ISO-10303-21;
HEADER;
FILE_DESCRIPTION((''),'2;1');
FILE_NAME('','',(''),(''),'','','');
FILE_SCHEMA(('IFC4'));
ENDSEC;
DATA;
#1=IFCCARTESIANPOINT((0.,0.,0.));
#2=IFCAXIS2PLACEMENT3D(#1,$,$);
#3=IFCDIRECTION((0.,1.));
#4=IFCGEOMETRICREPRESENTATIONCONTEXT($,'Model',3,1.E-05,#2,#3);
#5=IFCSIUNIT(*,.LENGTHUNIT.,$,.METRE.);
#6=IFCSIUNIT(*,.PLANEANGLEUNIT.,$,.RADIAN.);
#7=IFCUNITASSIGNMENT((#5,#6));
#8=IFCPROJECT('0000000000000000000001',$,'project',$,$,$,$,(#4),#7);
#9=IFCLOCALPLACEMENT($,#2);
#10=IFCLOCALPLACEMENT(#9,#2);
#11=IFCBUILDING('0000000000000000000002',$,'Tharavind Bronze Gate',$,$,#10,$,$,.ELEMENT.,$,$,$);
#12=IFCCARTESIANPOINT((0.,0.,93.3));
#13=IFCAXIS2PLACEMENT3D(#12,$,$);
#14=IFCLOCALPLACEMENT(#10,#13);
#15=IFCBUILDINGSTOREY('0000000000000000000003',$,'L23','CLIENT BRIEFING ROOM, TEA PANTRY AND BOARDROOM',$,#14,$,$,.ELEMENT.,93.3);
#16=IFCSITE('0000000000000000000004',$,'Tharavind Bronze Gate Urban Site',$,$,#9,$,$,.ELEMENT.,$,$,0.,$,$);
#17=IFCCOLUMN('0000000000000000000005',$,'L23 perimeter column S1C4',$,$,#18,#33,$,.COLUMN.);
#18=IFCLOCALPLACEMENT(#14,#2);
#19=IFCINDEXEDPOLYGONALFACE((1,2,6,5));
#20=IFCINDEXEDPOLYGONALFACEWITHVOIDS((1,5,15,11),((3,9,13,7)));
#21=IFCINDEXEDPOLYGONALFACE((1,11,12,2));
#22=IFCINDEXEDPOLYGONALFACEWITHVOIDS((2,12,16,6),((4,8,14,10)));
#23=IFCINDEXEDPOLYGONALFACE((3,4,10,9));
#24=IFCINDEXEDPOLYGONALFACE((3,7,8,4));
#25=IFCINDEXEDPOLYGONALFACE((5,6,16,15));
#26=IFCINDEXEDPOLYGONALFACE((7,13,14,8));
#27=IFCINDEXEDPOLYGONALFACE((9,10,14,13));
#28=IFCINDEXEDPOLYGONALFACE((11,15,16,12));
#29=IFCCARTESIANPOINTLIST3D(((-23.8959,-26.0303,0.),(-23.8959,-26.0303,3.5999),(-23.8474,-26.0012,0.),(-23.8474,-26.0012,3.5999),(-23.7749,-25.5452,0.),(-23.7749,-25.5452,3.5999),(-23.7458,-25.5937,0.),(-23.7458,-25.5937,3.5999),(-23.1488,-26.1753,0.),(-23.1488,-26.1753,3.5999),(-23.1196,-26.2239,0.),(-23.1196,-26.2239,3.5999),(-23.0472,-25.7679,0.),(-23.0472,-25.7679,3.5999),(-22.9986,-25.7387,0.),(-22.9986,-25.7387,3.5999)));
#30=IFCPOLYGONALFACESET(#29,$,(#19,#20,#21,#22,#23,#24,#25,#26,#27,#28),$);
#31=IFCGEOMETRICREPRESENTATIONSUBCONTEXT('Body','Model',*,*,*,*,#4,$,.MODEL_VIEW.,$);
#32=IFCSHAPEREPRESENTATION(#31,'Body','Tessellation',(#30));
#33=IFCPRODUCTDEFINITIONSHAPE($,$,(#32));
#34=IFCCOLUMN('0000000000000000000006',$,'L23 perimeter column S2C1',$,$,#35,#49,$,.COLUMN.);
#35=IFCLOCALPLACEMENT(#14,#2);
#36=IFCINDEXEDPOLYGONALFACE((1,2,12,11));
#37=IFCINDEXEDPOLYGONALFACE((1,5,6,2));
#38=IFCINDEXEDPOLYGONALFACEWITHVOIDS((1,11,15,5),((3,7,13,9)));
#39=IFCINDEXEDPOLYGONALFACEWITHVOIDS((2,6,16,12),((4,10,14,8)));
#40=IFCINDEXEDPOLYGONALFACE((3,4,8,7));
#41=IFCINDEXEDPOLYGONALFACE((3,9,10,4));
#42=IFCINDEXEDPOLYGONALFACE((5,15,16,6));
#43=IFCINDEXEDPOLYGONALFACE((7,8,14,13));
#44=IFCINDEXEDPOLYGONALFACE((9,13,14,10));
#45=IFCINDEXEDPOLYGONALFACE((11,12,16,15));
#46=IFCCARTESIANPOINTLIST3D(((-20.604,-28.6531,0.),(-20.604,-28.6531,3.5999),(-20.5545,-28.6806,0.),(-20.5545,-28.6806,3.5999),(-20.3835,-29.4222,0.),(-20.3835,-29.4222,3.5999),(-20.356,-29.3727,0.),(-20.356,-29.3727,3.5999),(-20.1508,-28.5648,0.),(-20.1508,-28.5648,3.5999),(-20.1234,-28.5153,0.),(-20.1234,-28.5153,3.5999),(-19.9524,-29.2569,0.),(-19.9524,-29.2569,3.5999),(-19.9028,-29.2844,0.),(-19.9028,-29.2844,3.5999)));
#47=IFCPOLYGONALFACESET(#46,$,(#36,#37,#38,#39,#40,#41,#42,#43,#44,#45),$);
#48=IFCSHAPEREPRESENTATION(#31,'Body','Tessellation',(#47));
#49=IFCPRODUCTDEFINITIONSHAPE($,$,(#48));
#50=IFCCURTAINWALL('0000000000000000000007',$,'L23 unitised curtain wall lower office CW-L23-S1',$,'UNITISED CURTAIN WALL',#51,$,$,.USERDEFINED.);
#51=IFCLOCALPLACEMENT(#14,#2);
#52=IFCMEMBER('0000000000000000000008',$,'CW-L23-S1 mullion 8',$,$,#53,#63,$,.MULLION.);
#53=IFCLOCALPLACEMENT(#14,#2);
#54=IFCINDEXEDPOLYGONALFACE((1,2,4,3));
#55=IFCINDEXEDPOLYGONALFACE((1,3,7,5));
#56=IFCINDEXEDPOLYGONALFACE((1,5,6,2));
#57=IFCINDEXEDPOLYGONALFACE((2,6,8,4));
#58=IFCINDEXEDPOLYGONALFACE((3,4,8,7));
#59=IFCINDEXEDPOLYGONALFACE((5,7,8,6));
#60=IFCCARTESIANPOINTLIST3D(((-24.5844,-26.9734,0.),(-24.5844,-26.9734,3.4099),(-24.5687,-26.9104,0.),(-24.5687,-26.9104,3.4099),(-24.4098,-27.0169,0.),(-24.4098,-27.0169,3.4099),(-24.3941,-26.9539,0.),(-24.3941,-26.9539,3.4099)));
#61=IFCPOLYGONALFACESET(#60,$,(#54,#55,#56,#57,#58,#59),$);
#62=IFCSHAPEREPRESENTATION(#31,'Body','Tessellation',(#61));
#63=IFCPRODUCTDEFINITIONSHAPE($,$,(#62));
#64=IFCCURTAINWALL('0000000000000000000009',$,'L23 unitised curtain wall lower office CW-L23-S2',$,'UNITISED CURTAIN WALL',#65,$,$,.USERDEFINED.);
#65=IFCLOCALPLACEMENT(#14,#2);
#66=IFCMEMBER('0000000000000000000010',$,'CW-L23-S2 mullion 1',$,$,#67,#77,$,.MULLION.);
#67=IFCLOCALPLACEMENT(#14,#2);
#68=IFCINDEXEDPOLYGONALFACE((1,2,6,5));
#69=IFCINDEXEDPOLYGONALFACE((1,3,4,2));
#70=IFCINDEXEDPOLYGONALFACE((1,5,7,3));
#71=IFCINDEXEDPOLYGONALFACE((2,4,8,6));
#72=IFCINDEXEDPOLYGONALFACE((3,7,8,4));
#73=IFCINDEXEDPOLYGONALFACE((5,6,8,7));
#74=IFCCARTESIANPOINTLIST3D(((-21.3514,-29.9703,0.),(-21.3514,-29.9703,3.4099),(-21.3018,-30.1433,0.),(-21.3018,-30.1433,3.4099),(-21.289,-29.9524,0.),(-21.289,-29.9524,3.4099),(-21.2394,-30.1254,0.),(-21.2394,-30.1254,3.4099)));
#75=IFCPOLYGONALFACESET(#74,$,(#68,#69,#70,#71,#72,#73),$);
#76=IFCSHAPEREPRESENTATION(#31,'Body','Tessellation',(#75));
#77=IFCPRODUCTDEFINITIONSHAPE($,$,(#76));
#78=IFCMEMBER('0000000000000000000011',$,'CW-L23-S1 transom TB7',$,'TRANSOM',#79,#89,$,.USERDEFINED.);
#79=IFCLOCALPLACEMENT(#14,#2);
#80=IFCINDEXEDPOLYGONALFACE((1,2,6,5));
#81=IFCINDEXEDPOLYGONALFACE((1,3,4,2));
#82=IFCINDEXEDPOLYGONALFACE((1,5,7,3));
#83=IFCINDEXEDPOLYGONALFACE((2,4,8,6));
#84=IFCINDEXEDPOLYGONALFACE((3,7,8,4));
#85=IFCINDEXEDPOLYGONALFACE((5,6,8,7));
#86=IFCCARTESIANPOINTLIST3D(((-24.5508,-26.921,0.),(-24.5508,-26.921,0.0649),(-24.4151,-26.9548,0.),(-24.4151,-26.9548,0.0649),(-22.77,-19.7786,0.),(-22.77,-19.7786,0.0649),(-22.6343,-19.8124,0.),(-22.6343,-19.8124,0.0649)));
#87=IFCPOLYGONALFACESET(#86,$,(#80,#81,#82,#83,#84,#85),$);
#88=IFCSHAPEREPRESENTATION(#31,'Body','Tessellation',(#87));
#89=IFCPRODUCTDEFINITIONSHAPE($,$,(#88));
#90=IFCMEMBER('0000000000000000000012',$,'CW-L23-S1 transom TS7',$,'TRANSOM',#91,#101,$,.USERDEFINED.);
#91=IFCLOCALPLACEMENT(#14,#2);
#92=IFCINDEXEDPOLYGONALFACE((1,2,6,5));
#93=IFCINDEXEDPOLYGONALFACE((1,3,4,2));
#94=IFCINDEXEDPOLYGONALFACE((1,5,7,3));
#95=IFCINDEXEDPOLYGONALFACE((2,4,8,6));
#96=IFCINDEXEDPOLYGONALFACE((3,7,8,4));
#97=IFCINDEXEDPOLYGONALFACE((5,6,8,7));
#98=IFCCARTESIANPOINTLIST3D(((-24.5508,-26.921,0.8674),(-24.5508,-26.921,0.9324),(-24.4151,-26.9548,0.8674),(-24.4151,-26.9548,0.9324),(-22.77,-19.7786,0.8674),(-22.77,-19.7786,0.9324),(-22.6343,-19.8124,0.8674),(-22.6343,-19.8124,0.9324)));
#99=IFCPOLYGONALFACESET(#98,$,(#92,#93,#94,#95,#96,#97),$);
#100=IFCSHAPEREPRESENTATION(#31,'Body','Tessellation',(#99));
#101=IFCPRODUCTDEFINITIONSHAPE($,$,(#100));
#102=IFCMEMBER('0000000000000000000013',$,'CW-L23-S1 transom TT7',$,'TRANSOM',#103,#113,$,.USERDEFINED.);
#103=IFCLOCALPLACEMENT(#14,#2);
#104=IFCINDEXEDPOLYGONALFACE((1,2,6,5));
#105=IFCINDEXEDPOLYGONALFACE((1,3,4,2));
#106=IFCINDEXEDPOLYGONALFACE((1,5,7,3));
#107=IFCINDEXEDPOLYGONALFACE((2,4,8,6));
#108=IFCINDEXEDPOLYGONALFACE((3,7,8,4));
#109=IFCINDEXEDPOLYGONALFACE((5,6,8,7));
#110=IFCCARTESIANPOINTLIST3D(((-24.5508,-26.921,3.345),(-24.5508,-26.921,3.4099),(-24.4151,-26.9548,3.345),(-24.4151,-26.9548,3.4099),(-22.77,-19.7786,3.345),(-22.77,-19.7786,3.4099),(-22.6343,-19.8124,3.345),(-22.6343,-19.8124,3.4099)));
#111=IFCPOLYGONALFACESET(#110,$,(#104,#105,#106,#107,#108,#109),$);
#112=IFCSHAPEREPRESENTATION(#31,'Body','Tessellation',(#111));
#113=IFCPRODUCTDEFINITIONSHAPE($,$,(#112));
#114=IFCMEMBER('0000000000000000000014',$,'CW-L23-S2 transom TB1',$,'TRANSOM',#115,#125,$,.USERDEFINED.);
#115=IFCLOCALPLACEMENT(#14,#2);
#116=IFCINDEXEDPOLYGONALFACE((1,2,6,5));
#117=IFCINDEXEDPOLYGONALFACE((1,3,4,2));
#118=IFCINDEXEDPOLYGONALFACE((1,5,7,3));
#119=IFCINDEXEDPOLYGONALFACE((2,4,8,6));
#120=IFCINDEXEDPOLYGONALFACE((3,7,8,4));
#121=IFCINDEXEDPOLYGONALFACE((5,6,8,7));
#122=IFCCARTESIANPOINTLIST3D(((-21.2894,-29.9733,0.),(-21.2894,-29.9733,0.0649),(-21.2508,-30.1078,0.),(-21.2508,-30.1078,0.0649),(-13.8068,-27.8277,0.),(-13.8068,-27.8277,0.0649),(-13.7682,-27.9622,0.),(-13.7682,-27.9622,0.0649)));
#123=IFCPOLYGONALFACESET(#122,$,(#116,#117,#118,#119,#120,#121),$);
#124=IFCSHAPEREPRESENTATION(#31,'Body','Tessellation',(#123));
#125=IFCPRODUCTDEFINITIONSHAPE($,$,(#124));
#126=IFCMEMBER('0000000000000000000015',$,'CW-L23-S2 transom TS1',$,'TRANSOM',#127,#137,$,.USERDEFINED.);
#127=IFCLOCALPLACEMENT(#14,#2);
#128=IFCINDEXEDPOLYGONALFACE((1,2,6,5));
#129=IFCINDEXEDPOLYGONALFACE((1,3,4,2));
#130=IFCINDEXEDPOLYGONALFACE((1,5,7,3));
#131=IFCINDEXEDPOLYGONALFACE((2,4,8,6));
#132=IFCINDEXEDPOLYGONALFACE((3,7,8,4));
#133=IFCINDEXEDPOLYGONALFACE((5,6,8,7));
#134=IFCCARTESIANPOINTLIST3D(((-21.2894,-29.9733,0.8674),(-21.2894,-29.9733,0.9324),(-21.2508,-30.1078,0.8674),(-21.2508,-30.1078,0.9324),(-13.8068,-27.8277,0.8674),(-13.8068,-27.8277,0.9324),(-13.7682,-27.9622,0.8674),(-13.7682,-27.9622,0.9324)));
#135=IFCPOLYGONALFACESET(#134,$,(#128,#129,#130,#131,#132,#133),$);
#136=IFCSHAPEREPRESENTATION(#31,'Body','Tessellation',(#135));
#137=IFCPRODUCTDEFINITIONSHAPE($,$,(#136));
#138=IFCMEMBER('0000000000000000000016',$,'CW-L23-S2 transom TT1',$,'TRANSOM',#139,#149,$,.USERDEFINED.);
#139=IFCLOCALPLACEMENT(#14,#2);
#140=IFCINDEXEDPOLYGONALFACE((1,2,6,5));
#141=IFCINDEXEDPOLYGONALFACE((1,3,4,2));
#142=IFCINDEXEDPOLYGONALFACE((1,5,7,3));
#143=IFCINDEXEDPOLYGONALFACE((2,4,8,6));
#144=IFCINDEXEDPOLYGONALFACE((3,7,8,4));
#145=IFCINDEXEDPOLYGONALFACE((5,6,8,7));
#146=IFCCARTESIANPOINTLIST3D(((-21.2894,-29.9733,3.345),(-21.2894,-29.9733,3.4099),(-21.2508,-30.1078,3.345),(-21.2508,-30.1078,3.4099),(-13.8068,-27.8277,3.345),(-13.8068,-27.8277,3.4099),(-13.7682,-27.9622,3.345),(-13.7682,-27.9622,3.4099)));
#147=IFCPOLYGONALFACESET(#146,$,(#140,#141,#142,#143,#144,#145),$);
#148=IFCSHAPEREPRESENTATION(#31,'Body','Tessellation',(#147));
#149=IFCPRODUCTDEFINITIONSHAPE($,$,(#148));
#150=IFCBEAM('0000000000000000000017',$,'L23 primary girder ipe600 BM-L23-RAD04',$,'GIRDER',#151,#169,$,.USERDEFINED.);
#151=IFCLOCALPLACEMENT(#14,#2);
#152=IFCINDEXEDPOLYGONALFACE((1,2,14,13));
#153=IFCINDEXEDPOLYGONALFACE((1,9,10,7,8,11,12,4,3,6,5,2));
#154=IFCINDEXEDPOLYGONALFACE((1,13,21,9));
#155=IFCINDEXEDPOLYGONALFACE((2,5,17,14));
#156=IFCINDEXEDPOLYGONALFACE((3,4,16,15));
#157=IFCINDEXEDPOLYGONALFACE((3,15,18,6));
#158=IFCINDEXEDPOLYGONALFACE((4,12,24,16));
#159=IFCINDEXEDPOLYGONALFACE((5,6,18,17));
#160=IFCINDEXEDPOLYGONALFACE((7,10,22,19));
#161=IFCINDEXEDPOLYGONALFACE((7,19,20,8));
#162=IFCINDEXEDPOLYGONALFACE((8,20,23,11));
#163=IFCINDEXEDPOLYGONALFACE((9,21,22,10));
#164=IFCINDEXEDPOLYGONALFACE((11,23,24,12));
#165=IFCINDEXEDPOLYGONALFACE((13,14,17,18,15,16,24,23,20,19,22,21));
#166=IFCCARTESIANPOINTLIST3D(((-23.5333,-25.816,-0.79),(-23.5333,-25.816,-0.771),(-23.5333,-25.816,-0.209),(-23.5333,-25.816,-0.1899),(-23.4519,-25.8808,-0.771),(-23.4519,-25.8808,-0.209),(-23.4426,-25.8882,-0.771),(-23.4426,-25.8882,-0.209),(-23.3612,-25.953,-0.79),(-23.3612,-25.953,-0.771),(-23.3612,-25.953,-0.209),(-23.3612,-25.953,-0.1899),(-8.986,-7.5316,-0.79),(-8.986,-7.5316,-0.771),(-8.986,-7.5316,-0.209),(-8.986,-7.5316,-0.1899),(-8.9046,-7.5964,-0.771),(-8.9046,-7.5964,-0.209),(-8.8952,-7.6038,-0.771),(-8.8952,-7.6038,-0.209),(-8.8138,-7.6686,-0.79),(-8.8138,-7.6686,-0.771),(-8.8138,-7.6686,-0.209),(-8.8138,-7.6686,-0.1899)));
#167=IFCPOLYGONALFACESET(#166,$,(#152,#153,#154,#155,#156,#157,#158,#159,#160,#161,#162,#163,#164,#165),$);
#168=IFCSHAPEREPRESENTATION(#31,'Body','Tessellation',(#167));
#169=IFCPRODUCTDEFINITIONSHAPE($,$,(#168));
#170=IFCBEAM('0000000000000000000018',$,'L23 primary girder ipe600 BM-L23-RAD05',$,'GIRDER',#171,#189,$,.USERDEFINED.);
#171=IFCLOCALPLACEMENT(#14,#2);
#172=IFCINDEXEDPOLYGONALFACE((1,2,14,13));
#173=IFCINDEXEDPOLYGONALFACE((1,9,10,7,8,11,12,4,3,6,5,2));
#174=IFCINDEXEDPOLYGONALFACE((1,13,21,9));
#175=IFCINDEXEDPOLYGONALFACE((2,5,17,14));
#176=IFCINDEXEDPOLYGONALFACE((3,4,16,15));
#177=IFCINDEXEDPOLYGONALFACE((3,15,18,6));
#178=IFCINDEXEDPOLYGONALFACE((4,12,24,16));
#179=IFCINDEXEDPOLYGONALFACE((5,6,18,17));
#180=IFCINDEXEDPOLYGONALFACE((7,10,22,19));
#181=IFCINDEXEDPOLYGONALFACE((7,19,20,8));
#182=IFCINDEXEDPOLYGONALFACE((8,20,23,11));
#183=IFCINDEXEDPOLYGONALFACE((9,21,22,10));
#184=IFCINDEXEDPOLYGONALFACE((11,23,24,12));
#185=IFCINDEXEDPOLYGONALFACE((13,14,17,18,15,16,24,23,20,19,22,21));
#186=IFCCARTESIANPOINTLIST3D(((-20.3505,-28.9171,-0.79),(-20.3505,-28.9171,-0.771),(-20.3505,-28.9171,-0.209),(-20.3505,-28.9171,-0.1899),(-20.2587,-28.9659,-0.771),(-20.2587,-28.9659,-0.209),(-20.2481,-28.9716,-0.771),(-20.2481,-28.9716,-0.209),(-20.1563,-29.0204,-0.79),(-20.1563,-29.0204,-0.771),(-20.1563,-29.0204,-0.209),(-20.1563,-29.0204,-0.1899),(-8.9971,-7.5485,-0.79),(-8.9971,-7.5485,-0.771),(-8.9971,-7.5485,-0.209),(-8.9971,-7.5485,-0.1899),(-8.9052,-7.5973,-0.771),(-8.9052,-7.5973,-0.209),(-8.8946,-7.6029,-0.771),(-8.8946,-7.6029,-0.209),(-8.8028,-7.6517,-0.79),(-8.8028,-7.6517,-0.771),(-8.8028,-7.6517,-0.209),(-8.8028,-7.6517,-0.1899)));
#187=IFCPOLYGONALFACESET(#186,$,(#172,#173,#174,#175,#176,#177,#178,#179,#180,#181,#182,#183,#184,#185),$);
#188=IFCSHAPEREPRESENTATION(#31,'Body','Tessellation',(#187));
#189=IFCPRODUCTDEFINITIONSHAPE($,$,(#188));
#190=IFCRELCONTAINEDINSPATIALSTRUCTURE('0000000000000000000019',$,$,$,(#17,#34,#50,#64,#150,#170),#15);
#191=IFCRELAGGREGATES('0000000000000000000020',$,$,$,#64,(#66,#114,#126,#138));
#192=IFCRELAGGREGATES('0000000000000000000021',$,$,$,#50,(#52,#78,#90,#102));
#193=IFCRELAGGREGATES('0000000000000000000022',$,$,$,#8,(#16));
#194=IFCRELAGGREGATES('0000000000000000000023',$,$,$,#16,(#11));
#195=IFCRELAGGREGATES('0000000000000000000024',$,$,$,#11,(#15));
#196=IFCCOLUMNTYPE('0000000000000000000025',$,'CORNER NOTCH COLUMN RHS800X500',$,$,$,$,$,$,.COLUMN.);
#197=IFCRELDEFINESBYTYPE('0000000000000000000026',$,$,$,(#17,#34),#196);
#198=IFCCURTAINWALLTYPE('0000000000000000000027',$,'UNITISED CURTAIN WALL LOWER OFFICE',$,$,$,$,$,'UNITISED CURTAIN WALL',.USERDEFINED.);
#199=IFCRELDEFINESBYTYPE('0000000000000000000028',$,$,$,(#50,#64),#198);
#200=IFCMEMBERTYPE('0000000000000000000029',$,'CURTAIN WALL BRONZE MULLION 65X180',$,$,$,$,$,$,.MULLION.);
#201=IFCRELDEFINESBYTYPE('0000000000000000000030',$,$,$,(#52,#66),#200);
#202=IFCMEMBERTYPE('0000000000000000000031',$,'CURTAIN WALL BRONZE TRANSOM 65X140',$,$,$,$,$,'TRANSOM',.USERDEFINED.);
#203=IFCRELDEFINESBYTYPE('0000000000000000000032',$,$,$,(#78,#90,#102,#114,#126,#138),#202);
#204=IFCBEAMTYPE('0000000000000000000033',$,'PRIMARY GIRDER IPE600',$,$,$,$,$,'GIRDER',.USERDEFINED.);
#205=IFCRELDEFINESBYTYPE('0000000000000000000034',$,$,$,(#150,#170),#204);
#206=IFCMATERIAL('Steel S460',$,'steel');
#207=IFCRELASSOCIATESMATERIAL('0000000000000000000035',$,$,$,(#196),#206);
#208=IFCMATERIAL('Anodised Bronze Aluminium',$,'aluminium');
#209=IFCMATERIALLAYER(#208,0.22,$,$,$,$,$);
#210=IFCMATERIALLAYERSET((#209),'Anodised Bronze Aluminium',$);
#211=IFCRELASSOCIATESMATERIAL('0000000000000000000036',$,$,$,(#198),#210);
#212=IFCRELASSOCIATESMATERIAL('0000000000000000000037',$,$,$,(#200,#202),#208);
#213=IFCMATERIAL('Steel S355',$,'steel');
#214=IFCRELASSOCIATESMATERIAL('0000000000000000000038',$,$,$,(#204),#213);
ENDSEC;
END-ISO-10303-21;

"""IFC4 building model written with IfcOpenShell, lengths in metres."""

from ifc_helpers import new_model, si_unit, direction, frame, origin, origin_2d, place, context, subcontext, project, spatial, rectangle, hollow_rectangle, i_section, extrude, material, layer, layer_set, material_profile, profile_set, type_object, element, aggregate, save


model = new_model("IFC4")

# Units and contexts
model_context = context("Model", 3, precision=1e-05, world=origin(), true_north=direction((0.0, 1.0)))
body_context = subcontext(model_context, "Body", "Model", "MODEL_VIEW")
ifc_project = project(units=[si_unit("LENGTHUNIT", "METRE"), si_unit("PLANEANGLEUNIT", "RADIAN")], contexts=[model_context])

# Site, building, storey
site_placement = place(None, origin())
site = spatial("IfcSite", under=ifc_project, at=site_placement, Name="Tharavind Bronze Gate Urban Site", CompositionType="ELEMENT", RefElevation=0.0)
building_placement = place(site_placement, origin())
building = spatial("IfcBuilding", under=site, at=building_placement, Name="Tharavind Bronze Gate", CompositionType="ELEMENT")
storey_placement = place(building_placement, frame((0.0, 0.0, 93.3)))
storey = spatial("IfcBuildingStorey", under=building, at=storey_placement, Name="L23", Description="CLIENT BRIEFING ROOM, TEA PANTRY AND BOARDROOM", CompositionType="ELEMENT", Elevation=93.3)

# Columns
ifc_material_1 = material(Name="Steel S460", Category="steel")
ifc_material_profile_1 = material_profile(ifc_material_1, hollow_rectangle(XDim=0.5, YDim=0.8, WallThickness=0.04, at=origin_2d()), Name="RHS800X500X40")
ifc_profile_set_1 = profile_set([ifc_material_profile_1], Name="Steel S460")
column_type = type_object("IfcColumnType", Name="CORNER NOTCH COLUMN RHS800X500", PredefinedType="COLUMN", material=ifc_profile_set_1)
for number, where, z_axis, x_axis, name in (
    (1, (-23.4473, -25.8845, 0.0), (0.0, 0.0, 1.0), (0.241922, 0.970296, 0.0), "L23 perimeter column S1C4"),
    (2, (-20.2534, -28.9688, 0.0), (0.0, 0.0, 1.0), (0.961262, 0.275637, 0.0), "L23 perimeter column S2C1"),
):
    element("IfcColumn", number, at=place(storey_placement, frame(where, z_axis=z_axis, x_axis=x_axis)), inside=storey, type_object=column_type, Name=name, PredefinedType="COLUMN", context=body_context, shape_type="SweptSolid", body=[
        extrude(hollow_rectangle(XDim=0.5, YDim=0.8, WallThickness=0.04, at=origin_2d()), origin(), (0.0, 0.0, 1.0), 3.5999),
    ])

# Curtain walls, members
ifc_material_2 = material(Name="Anodised Bronze Aluminium", Category="aluminium")
ifc_layer_1 = layer(ifc_material_2, 0.22)
ifc_layer_set_1 = layer_set([ifc_layer_1], Name="Anodised Bronze Aluminium")
curtain_wall_type = type_object("IfcCurtainWallType", Name="UNITISED CURTAIN WALL LOWER OFFICE", ElementType="UNITISED CURTAIN WALL", PredefinedType="USERDEFINED", material=ifc_layer_set_1)
curtain_wall_1_placement = place(storey_placement, origin())
curtain_wall_1 = element("IfcCurtainWall", 3, at=curtain_wall_1_placement, inside=storey, type_object=curtain_wall_type, Name="L23 unitised curtain wall lower office CW-L23-S1", ObjectType="UNITISED CURTAIN WALL", PredefinedType="USERDEFINED")
member_type_1 = type_object("IfcMemberType", Name="CURTAIN WALL BRONZE MULLION 65X180", PredefinedType="MULLION", material=ifc_material_2)
member_1_placement = place(storey_placement, frame((-24.4893, -26.9636, 0.0), z_axis=(0.0, 0.0, 1.0), x_axis=(-0.241922, -0.970296, 0.0)))
member_1 = element("IfcMember", 4, at=member_1_placement, type_object=member_type_1, Name="CW-L23-S1 mullion 8", PredefinedType="MULLION", context=body_context, shape_type="SweptSolid", body=[
    extrude(rectangle(XDim=0.0649, YDim=0.1799, at=origin_2d()), origin(), (0.0, 0.0, 1.0), 3.4099),
])
curtain_wall_2_placement = place(storey_placement, origin())
curtain_wall_2 = element("IfcCurtainWall", 5, at=curtain_wall_2_placement, inside=storey, type_object=curtain_wall_type, Name="L23 unitised curtain wall lower office CW-L23-S2", ObjectType="UNITISED CURTAIN WALL", PredefinedType="USERDEFINED")
member_2_placement = place(storey_placement, frame((-21.2954, -30.0479, 0.0), z_axis=(0.0, 0.0, 1.0), x_axis=(0.961262, 0.275637, 0.0)))
member_2 = element("IfcMember", 6, at=member_2_placement, type_object=member_type_1, Name="CW-L23-S2 mullion 1", PredefinedType="MULLION", context=body_context, shape_type="SweptSolid", body=[
    extrude(rectangle(XDim=0.0649, YDim=0.1799, at=origin_2d()), origin(), (0.0, 0.0, 1.0), 3.4099),
])

# Members
member_type_2 = type_object("IfcMemberType", Name="CURTAIN WALL BRONZE TRANSOM 65X140", ElementType="TRANSOM", PredefinedType="USERDEFINED", material=ifc_material_2)
member_3_placement = place(storey_placement, frame((-23.5925, -23.3667, 0.0), z_axis=(0.0, 0.0, 1.0), x_axis=(-0.241922, -0.970296, 0.0)))
member_3 = element("IfcMember", 7, at=member_3_placement, type_object=member_type_2, Name="CW-L23-S1 transom TB7", ObjectType="TRANSOM", PredefinedType="USERDEFINED", context=body_context, shape_type="SweptSolid", body=[
    extrude(rectangle(XDim=7.3611, YDim=0.1399, at=origin_2d()), origin(), (0.0, 0.0, 1.0), 0.0649),
])
member_4_placement = place(storey_placement, frame((-23.5925, -23.3667, 0.8674), z_axis=(0.0, 0.0, 1.0), x_axis=(-0.241922, -0.970296, 0.0)))
member_4 = element("IfcMember", 8, at=member_4_placement, type_object=member_type_2, Name="CW-L23-S1 transom TS7", ObjectType="TRANSOM", PredefinedType="USERDEFINED", context=body_context, shape_type="SweptSolid", body=[
    extrude(rectangle(XDim=7.3611, YDim=0.1399, at=origin_2d()), origin(), (0.0, 0.0, 1.0), 0.0649),
])
member_5_placement = place(storey_placement, frame((-23.5925, -23.3667, 3.345), z_axis=(0.0, 0.0, 1.0), x_axis=(-0.241922, -0.970296, 0.0)))
member_5 = element("IfcMember", 9, at=member_5_placement, type_object=member_type_2, Name="CW-L23-S1 transom TT7", ObjectType="TRANSOM", PredefinedType="USERDEFINED", context=body_context, shape_type="SweptSolid", body=[
    extrude(rectangle(XDim=7.3611, YDim=0.1399, at=origin_2d()), origin(), (0.0, 0.0, 1.0), 0.0649),
])
member_6_placement = place(storey_placement, frame((-17.5288, -28.9678, 0.0), z_axis=(0.0, 0.0, 1.0), x_axis=(0.961262, 0.275637, 0.0)))
member_6 = element("IfcMember", 10, at=member_6_placement, type_object=member_type_2, Name="CW-L23-S2 transom TB1", ObjectType="TRANSOM", PredefinedType="USERDEFINED", context=body_context, shape_type="SweptSolid", body=[
    extrude(rectangle(XDim=7.7842, YDim=0.1399, at=origin_2d()), origin(), (0.0, 0.0, 1.0), 0.0649),
])
member_7_placement = place(storey_placement, frame((-17.5288, -28.9678, 0.8674), z_axis=(0.0, 0.0, 1.0), x_axis=(0.961262, 0.275637, 0.0)))
member_7 = element("IfcMember", 11, at=member_7_placement, type_object=member_type_2, Name="CW-L23-S2 transom TS1", ObjectType="TRANSOM", PredefinedType="USERDEFINED", context=body_context, shape_type="SweptSolid", body=[
    extrude(rectangle(XDim=7.7842, YDim=0.1399, at=origin_2d()), origin(), (0.0, 0.0, 1.0), 0.0649),
])
member_8_placement = place(storey_placement, frame((-17.5288, -28.9678, 3.345), z_axis=(0.0, 0.0, 1.0), x_axis=(0.961262, 0.275637, 0.0)))
member_8 = element("IfcMember", 12, at=member_8_placement, type_object=member_type_2, Name="CW-L23-S2 transom TT1", ObjectType="TRANSOM", PredefinedType="USERDEFINED", context=body_context, shape_type="SweptSolid", body=[
    extrude(rectangle(XDim=7.7842, YDim=0.1399, at=origin_2d()), origin(), (0.0, 0.0, 1.0), 0.0649),
])
aggregate(curtain_wall_2, [member_2, member_6, member_7, member_8])

# Beams
ifc_material_3 = material(Name="Steel S355", Category="steel")
ifc_material_profile_2 = material_profile(ifc_material_3, i_section(OverallWidth=0.22, OverallDepth=0.6001, WebThickness=0.012, FlangeThickness=0.019, at=origin_2d()), Name="IPE600")
ifc_profile_set_2 = profile_set([ifc_material_profile_2], Name="Steel S355")
beam_type_1 = type_object("IfcBeamType", Name="PRIMARY GIRDER IPE600", ElementType="GIRDER", PredefinedType="USERDEFINED", material=ifc_profile_set_2)
beam_1_placement = place(storey_placement, frame((-23.4473, -25.8845, -0.49), z_axis=(0.622601, 0.78254, 0.0), x_axis=(-0.78254, 0.622601, 0.0)))
element("IfcBeam", 13, at=beam_1_placement, inside=storey, type_object=beam_type_1, Name="L23 primary girder ipe600 BM-L23-RAD04", ObjectType="GIRDER", PredefinedType="USERDEFINED", context=body_context, shape_type="SweptSolid", body=[
    extrude(i_section(OverallWidth=0.22, OverallDepth=0.6001, WebThickness=0.012, FlangeThickness=0.019, at=origin_2d()), origin(), (0.0, 0.0, 1.0), 23.3655),
])
beam_2_placement = place(storey_placement, frame((-20.2534, -28.9688, -0.49), z_axis=(0.469201, 0.883091, 0.0), x_axis=(-0.883091, 0.469201, 0.0)))
element("IfcBeam", 14, at=beam_2_placement, inside=storey, type_object=beam_type_1, Name="L23 primary girder ipe600 BM-L23-RAD05", ObjectType="GIRDER", PredefinedType="USERDEFINED", context=body_context, shape_type="SweptSolid", body=[
    extrude(i_section(OverallWidth=0.22, OverallDepth=0.6001, WebThickness=0.012, FlangeThickness=0.019, at=origin_2d()), origin(), (0.0, 0.0, 1.0), 24.1975),
])

aggregate(curtain_wall_1, [member_1, member_3, member_4, member_5])

save(model, "model.ifc")
